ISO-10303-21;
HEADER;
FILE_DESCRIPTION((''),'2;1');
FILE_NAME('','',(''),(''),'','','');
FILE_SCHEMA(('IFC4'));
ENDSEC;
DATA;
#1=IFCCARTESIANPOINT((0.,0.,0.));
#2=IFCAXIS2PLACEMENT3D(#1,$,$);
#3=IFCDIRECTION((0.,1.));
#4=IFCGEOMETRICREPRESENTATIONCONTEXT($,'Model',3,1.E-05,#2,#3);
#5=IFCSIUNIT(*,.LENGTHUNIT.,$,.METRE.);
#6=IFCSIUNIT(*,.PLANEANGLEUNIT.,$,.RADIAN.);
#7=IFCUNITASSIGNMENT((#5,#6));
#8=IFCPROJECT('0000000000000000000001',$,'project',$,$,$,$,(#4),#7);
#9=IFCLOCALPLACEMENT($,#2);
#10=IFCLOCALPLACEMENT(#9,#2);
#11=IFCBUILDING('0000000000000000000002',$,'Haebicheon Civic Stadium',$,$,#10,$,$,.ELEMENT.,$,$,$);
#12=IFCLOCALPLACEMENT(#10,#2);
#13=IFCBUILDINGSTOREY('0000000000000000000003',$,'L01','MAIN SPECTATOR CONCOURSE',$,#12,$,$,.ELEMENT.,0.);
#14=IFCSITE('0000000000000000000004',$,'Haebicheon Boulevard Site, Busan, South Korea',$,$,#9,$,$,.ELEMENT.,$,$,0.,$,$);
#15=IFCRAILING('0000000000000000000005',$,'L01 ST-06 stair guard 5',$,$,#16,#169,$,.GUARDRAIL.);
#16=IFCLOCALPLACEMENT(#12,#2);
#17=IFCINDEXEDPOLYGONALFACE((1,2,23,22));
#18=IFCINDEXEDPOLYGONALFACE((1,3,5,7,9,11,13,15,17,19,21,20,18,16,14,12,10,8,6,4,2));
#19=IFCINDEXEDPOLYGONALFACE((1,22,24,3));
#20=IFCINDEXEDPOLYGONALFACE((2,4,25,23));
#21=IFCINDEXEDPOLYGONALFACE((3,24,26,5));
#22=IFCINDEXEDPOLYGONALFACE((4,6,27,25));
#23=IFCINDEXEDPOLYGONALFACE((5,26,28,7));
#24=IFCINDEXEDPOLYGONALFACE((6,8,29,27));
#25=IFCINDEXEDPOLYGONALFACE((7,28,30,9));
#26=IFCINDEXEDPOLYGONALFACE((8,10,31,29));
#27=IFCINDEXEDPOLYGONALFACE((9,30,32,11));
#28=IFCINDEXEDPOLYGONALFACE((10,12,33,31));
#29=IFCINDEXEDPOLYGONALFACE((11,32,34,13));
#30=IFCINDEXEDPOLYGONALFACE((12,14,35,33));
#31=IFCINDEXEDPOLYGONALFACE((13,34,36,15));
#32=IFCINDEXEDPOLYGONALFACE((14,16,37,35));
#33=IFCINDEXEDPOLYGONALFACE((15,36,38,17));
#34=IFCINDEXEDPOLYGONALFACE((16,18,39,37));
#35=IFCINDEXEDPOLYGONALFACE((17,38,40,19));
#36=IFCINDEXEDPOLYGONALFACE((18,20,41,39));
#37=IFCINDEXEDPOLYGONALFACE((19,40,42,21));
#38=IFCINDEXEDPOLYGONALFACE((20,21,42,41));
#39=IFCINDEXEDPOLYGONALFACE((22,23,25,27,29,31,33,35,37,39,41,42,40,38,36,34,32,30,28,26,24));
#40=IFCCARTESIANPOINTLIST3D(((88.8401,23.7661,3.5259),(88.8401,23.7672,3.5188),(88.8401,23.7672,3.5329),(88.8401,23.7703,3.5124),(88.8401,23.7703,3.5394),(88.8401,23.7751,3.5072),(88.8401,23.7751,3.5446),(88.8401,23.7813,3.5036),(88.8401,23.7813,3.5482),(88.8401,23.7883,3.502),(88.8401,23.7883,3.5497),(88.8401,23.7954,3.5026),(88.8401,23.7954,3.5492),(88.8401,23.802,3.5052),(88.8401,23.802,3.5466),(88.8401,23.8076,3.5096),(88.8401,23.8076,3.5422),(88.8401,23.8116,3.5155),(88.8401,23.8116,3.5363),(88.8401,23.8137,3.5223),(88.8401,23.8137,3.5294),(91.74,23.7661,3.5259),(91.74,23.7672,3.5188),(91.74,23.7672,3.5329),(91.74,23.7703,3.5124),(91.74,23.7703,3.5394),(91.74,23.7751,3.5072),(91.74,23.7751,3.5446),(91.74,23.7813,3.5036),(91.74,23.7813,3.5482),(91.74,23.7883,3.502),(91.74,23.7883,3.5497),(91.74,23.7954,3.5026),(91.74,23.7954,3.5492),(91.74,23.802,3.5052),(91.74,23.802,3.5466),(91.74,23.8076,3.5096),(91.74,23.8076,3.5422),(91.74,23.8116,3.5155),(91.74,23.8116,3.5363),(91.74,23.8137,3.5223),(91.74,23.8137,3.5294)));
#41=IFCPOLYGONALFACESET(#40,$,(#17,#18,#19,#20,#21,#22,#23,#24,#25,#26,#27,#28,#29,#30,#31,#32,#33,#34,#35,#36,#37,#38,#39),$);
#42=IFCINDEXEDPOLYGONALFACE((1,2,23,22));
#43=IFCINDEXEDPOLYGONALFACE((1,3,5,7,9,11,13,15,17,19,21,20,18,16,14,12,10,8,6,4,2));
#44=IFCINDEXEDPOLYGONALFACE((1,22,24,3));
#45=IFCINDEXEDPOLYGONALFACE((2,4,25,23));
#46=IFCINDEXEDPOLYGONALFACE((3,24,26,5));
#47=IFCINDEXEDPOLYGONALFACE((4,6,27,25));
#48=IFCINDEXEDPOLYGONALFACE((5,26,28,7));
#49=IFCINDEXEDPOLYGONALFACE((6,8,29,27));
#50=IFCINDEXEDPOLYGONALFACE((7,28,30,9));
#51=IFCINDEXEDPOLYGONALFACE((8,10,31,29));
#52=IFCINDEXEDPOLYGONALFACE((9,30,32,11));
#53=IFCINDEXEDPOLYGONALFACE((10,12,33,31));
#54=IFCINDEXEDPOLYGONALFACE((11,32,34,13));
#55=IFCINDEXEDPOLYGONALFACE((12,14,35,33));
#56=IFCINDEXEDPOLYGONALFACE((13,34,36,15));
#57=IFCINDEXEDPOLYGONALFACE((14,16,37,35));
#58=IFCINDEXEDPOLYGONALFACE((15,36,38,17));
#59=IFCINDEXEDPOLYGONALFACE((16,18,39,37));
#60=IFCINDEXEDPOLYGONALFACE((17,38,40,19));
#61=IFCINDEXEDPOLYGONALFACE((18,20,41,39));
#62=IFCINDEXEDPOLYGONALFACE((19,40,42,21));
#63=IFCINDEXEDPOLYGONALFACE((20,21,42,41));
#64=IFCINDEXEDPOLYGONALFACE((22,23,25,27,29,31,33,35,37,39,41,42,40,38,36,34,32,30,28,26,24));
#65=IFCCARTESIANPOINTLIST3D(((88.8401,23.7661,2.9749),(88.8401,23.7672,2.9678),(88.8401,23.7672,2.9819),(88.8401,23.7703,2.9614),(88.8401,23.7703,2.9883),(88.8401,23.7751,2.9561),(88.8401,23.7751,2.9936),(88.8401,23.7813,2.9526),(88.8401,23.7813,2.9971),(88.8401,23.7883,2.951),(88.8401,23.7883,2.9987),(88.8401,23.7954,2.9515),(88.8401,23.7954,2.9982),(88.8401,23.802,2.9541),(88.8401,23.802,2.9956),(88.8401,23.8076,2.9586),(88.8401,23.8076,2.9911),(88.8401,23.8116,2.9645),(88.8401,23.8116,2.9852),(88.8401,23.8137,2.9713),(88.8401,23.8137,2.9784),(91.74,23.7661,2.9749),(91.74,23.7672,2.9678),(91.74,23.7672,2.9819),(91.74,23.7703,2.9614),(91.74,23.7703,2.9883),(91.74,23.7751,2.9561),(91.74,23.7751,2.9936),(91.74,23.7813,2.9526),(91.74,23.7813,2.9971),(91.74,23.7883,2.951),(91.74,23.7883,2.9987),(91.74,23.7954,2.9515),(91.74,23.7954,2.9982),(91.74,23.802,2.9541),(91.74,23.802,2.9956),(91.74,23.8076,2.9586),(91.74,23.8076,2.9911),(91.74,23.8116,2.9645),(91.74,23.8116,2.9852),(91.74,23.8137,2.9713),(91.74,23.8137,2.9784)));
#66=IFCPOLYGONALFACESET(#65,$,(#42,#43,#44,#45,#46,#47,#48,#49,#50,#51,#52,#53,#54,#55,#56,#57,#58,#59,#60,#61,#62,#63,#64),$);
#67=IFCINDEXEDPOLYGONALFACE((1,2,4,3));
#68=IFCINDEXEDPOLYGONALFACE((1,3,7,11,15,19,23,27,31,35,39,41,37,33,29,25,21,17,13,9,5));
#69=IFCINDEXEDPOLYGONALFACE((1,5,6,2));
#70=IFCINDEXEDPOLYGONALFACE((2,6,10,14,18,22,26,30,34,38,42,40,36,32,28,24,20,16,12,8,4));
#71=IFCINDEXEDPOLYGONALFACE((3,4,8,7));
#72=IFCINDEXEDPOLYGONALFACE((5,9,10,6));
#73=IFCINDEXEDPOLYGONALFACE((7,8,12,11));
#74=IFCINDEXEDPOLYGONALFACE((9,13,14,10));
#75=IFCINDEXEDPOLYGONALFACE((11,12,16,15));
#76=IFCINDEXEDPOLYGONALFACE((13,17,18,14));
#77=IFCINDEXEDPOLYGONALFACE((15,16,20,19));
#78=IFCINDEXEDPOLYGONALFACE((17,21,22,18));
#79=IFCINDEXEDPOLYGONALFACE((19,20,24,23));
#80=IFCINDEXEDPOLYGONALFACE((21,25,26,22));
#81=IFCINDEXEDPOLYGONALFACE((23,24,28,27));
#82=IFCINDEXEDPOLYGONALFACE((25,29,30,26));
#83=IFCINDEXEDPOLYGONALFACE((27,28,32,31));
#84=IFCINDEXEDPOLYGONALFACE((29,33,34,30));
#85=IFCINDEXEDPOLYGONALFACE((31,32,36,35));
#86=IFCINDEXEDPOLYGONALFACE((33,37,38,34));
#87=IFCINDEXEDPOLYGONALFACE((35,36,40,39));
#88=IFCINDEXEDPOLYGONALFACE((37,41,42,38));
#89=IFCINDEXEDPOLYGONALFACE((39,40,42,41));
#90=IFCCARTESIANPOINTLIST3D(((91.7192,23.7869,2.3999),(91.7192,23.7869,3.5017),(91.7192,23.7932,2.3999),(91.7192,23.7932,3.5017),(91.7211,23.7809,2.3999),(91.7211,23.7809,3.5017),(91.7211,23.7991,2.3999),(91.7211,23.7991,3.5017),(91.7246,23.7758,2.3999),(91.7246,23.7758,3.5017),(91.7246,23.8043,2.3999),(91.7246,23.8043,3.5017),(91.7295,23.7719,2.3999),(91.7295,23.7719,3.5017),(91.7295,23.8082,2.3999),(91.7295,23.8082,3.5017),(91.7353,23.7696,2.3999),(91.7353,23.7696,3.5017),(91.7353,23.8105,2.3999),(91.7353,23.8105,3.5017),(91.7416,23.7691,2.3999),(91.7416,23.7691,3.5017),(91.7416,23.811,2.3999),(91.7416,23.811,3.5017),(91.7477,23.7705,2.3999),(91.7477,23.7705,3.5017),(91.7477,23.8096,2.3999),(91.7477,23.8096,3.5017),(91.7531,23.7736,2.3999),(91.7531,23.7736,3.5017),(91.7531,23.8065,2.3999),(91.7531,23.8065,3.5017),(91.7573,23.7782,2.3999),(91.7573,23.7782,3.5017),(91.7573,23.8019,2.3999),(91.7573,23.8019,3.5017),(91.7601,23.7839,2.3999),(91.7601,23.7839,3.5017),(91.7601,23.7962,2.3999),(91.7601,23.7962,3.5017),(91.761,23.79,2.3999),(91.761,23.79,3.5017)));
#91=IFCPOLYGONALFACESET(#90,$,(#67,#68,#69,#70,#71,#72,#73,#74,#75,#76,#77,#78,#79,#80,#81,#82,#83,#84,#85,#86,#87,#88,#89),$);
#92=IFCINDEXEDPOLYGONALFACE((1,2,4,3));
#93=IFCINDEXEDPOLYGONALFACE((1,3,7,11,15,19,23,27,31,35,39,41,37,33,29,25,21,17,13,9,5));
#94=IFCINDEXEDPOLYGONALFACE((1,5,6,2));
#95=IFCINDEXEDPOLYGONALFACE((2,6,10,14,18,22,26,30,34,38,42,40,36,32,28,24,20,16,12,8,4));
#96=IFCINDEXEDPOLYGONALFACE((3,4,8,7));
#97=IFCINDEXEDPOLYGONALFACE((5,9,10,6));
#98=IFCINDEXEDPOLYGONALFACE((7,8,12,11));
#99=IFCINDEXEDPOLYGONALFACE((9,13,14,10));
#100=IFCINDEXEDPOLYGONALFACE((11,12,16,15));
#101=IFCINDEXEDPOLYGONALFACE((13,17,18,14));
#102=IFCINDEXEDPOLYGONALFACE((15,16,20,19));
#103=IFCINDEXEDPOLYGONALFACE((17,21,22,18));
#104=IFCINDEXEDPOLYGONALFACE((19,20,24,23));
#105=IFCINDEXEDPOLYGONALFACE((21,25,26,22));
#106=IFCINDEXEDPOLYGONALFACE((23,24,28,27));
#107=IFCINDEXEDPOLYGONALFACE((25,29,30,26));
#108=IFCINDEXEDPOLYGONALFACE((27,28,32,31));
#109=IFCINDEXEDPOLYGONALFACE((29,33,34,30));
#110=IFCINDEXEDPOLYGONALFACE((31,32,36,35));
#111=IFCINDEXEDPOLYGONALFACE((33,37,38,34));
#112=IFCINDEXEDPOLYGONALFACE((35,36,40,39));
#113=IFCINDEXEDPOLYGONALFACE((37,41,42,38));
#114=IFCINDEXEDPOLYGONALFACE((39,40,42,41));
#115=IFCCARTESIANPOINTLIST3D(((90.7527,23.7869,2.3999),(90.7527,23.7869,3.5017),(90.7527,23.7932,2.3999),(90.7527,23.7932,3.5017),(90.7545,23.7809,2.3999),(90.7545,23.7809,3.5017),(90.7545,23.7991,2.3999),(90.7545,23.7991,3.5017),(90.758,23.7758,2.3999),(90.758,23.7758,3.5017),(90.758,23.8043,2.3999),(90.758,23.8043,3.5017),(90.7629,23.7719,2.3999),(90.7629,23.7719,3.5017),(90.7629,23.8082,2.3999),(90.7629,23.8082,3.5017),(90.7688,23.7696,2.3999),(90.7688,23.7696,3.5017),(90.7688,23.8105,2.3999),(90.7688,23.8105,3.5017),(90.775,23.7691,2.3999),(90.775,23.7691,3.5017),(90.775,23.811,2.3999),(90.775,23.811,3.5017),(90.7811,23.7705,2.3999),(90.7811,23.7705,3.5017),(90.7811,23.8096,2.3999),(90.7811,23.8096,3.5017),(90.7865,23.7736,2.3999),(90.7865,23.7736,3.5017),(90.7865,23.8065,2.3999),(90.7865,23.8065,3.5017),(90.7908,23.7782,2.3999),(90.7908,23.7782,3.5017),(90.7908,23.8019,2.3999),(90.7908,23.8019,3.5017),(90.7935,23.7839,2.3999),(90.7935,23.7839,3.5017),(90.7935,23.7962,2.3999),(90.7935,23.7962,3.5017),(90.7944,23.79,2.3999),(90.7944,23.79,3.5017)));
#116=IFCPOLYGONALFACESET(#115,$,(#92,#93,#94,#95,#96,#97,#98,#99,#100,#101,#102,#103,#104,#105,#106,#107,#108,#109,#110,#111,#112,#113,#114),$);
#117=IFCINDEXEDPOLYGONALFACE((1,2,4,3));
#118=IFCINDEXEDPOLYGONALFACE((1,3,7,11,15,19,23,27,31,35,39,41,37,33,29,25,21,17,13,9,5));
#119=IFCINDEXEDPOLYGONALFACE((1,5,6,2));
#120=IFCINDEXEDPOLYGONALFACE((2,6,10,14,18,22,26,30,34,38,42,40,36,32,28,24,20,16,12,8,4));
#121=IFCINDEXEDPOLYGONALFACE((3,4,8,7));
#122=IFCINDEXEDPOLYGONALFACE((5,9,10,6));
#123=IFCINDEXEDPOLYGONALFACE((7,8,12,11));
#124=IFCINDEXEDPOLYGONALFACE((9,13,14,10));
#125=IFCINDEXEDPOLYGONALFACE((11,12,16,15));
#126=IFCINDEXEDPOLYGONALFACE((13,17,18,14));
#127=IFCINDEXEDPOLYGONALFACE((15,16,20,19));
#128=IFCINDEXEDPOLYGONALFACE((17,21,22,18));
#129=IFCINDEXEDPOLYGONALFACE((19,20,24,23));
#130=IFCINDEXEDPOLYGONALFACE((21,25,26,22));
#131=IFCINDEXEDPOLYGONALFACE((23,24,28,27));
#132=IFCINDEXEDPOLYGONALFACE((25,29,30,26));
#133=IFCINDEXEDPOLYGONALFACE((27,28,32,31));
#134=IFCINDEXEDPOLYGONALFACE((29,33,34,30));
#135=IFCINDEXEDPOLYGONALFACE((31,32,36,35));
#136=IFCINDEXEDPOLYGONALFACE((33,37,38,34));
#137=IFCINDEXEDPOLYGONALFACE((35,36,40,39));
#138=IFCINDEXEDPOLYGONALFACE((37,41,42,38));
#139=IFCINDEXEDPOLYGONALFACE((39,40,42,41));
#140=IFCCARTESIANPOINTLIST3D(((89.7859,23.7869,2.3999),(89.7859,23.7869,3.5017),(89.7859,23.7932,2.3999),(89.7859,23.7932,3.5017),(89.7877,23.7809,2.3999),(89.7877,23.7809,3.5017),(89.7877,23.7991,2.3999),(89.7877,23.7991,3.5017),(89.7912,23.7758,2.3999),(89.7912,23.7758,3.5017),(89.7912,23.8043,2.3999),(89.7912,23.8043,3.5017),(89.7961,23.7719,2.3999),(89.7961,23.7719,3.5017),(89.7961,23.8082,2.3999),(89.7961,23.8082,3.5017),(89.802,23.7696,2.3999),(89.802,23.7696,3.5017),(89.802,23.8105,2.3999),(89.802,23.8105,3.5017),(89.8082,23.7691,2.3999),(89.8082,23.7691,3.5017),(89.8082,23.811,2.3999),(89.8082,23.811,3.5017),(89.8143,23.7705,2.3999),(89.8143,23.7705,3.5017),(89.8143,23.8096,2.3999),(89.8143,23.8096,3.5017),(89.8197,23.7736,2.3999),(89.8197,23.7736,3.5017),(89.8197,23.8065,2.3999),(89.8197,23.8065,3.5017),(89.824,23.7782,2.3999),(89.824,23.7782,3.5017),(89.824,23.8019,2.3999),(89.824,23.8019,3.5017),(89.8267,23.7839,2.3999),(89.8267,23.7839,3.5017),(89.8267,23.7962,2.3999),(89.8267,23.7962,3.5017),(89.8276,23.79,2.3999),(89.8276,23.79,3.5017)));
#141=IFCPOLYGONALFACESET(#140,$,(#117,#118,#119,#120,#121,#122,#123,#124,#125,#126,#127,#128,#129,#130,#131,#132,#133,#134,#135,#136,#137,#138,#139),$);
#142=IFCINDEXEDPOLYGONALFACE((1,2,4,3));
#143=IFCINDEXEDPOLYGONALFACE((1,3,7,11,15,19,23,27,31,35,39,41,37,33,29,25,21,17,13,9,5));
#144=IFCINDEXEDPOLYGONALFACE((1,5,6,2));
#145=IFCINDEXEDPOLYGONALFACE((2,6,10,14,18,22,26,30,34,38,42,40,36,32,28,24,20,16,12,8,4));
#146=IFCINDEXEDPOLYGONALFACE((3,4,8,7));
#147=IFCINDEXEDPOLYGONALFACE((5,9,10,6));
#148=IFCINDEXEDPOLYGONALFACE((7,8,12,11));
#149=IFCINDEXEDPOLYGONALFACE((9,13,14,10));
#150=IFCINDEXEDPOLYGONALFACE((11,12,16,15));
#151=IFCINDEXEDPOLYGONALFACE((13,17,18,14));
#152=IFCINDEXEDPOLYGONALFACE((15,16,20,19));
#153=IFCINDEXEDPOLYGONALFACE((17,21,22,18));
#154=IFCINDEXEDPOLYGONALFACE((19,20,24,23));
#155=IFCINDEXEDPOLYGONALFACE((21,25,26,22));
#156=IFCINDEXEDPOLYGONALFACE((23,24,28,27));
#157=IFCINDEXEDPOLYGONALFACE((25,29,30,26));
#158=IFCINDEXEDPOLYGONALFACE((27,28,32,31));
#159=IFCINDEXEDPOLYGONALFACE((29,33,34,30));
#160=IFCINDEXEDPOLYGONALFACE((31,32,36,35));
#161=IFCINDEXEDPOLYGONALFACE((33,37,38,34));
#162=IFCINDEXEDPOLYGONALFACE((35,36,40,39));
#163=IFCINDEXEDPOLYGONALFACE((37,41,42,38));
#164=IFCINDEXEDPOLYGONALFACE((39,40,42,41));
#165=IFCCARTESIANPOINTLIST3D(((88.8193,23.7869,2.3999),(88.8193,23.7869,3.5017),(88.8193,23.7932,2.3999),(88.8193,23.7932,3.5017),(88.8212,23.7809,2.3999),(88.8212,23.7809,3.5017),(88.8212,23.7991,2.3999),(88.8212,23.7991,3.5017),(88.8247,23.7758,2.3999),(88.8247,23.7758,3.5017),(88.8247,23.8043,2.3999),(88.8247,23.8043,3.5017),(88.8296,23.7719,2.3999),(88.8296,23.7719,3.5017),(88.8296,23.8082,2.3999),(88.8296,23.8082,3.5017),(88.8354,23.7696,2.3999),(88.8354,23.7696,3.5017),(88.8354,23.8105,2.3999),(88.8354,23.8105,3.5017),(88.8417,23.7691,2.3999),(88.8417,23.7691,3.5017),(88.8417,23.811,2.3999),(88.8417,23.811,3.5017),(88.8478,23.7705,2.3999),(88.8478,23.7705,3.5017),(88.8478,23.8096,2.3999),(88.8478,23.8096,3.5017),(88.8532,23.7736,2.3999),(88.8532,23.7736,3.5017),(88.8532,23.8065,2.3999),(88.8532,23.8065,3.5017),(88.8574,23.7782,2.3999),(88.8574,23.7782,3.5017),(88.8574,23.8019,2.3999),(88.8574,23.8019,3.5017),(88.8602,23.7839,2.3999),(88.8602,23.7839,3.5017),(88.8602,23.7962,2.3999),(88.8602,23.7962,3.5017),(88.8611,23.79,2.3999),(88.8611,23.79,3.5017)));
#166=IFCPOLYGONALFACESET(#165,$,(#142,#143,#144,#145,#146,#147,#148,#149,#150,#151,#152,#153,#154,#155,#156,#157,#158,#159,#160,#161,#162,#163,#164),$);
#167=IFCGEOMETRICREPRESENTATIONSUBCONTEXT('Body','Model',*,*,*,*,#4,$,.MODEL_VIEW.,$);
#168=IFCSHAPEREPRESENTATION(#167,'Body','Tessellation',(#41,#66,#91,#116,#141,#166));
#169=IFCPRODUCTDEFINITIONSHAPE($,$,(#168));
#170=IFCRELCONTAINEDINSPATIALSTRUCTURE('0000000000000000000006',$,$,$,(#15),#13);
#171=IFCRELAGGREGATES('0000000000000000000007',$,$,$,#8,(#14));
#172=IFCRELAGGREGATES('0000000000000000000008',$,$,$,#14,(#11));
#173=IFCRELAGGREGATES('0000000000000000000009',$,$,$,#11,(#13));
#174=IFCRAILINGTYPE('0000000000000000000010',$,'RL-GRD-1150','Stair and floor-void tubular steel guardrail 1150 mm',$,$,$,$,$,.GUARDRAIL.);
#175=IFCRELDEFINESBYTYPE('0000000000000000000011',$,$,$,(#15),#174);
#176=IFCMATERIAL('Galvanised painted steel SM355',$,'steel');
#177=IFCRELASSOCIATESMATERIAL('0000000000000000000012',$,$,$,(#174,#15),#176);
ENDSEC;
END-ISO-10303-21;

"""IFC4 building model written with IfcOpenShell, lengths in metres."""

from ifc_helpers import new_model, si_unit, direction, frame, origin, origin_2d, place, context, subcontext, project, spatial, circle, extrude, material, type_object, element, save


model = new_model("IFC4")

# Units and contexts
model_context = context("Model", 3, precision=1e-05, world=origin(), true_north=direction((0.0, 1.0)))
body_context = subcontext(model_context, "Body", "Model", "MODEL_VIEW")
ifc_project = project(units=[si_unit("LENGTHUNIT", "METRE"), si_unit("PLANEANGLEUNIT", "RADIAN")], contexts=[model_context])

# Site, building, storey
site_placement = place(None, origin())
site = spatial("IfcSite", under=ifc_project, at=site_placement, Name="Haebicheon Boulevard Site, Busan, South Korea", CompositionType="ELEMENT", RefElevation=0.0)
building_placement = place(site_placement, origin())
building = spatial("IfcBuilding", under=site, at=building_placement, Name="Haebicheon Civic Stadium", CompositionType="ELEMENT")
storey_placement = place(building_placement, origin())
storey = spatial("IfcBuildingStorey", under=building, at=storey_placement, Name="L01", Description="MAIN SPECTATOR CONCOURSE", CompositionType="ELEMENT", Elevation=0.0)

# Railing
ifc_material_1 = material(Name="Galvanised painted steel SM355", Category="steel")
railing_type_1 = type_object("IfcRailingType", Name="RL-GRD-1150", Description="Stair and floor-void tubular steel guardrail 1150 mm", PredefinedType="GUARDRAIL", material=ifc_material_1)
railing_1_placement = place(storey_placement, frame((91.74, 23.79, 2.3999)))
element("IfcRailing", 1, at=railing_1_placement, inside=storey, type_object=railing_type_1, material=ifc_material_1, Name="L01 ST-06 stair guard 5", PredefinedType="GUARDRAIL", context=body_context, shape_type="SweptSolid", body=[
    extrude(circle(Radius=0.0239, at=origin_2d()), frame((0.0, 0.0, 1.126), z_axis=(-1.0, 0.0, 0.0), x_axis=(0.0, -1.0, 0.0)), (0.0, 0.0, 1.0), 2.8999),
    extrude(circle(Radius=0.0239, at=origin_2d()), frame((0.0, 0.0, 0.575), z_axis=(-1.0, 0.0, 0.0), x_axis=(0.0, -1.0, 0.0)), (0.0, 0.0, 1.0), 2.8999),
    extrude(circle(Radius=0.021, at=origin_2d()), origin(), (0.0, 0.0, 1.0), 1.1018),
    extrude(circle(Radius=0.021, at=origin_2d()), frame((-0.9666, 0.0, 0.0)), (0.0, 0.0, 1.0), 1.1018),
    extrude(circle(Radius=0.021, at=origin_2d()), frame((-1.9333, 0.0, 0.0)), (0.0, 0.0, 1.0), 1.1018),
    extrude(circle(Radius=0.021, at=origin_2d()), frame((-2.8999, 0.0, 0.0)), (0.0, 0.0, 1.0), 1.1018),
])

save(model, "model.ifc")
